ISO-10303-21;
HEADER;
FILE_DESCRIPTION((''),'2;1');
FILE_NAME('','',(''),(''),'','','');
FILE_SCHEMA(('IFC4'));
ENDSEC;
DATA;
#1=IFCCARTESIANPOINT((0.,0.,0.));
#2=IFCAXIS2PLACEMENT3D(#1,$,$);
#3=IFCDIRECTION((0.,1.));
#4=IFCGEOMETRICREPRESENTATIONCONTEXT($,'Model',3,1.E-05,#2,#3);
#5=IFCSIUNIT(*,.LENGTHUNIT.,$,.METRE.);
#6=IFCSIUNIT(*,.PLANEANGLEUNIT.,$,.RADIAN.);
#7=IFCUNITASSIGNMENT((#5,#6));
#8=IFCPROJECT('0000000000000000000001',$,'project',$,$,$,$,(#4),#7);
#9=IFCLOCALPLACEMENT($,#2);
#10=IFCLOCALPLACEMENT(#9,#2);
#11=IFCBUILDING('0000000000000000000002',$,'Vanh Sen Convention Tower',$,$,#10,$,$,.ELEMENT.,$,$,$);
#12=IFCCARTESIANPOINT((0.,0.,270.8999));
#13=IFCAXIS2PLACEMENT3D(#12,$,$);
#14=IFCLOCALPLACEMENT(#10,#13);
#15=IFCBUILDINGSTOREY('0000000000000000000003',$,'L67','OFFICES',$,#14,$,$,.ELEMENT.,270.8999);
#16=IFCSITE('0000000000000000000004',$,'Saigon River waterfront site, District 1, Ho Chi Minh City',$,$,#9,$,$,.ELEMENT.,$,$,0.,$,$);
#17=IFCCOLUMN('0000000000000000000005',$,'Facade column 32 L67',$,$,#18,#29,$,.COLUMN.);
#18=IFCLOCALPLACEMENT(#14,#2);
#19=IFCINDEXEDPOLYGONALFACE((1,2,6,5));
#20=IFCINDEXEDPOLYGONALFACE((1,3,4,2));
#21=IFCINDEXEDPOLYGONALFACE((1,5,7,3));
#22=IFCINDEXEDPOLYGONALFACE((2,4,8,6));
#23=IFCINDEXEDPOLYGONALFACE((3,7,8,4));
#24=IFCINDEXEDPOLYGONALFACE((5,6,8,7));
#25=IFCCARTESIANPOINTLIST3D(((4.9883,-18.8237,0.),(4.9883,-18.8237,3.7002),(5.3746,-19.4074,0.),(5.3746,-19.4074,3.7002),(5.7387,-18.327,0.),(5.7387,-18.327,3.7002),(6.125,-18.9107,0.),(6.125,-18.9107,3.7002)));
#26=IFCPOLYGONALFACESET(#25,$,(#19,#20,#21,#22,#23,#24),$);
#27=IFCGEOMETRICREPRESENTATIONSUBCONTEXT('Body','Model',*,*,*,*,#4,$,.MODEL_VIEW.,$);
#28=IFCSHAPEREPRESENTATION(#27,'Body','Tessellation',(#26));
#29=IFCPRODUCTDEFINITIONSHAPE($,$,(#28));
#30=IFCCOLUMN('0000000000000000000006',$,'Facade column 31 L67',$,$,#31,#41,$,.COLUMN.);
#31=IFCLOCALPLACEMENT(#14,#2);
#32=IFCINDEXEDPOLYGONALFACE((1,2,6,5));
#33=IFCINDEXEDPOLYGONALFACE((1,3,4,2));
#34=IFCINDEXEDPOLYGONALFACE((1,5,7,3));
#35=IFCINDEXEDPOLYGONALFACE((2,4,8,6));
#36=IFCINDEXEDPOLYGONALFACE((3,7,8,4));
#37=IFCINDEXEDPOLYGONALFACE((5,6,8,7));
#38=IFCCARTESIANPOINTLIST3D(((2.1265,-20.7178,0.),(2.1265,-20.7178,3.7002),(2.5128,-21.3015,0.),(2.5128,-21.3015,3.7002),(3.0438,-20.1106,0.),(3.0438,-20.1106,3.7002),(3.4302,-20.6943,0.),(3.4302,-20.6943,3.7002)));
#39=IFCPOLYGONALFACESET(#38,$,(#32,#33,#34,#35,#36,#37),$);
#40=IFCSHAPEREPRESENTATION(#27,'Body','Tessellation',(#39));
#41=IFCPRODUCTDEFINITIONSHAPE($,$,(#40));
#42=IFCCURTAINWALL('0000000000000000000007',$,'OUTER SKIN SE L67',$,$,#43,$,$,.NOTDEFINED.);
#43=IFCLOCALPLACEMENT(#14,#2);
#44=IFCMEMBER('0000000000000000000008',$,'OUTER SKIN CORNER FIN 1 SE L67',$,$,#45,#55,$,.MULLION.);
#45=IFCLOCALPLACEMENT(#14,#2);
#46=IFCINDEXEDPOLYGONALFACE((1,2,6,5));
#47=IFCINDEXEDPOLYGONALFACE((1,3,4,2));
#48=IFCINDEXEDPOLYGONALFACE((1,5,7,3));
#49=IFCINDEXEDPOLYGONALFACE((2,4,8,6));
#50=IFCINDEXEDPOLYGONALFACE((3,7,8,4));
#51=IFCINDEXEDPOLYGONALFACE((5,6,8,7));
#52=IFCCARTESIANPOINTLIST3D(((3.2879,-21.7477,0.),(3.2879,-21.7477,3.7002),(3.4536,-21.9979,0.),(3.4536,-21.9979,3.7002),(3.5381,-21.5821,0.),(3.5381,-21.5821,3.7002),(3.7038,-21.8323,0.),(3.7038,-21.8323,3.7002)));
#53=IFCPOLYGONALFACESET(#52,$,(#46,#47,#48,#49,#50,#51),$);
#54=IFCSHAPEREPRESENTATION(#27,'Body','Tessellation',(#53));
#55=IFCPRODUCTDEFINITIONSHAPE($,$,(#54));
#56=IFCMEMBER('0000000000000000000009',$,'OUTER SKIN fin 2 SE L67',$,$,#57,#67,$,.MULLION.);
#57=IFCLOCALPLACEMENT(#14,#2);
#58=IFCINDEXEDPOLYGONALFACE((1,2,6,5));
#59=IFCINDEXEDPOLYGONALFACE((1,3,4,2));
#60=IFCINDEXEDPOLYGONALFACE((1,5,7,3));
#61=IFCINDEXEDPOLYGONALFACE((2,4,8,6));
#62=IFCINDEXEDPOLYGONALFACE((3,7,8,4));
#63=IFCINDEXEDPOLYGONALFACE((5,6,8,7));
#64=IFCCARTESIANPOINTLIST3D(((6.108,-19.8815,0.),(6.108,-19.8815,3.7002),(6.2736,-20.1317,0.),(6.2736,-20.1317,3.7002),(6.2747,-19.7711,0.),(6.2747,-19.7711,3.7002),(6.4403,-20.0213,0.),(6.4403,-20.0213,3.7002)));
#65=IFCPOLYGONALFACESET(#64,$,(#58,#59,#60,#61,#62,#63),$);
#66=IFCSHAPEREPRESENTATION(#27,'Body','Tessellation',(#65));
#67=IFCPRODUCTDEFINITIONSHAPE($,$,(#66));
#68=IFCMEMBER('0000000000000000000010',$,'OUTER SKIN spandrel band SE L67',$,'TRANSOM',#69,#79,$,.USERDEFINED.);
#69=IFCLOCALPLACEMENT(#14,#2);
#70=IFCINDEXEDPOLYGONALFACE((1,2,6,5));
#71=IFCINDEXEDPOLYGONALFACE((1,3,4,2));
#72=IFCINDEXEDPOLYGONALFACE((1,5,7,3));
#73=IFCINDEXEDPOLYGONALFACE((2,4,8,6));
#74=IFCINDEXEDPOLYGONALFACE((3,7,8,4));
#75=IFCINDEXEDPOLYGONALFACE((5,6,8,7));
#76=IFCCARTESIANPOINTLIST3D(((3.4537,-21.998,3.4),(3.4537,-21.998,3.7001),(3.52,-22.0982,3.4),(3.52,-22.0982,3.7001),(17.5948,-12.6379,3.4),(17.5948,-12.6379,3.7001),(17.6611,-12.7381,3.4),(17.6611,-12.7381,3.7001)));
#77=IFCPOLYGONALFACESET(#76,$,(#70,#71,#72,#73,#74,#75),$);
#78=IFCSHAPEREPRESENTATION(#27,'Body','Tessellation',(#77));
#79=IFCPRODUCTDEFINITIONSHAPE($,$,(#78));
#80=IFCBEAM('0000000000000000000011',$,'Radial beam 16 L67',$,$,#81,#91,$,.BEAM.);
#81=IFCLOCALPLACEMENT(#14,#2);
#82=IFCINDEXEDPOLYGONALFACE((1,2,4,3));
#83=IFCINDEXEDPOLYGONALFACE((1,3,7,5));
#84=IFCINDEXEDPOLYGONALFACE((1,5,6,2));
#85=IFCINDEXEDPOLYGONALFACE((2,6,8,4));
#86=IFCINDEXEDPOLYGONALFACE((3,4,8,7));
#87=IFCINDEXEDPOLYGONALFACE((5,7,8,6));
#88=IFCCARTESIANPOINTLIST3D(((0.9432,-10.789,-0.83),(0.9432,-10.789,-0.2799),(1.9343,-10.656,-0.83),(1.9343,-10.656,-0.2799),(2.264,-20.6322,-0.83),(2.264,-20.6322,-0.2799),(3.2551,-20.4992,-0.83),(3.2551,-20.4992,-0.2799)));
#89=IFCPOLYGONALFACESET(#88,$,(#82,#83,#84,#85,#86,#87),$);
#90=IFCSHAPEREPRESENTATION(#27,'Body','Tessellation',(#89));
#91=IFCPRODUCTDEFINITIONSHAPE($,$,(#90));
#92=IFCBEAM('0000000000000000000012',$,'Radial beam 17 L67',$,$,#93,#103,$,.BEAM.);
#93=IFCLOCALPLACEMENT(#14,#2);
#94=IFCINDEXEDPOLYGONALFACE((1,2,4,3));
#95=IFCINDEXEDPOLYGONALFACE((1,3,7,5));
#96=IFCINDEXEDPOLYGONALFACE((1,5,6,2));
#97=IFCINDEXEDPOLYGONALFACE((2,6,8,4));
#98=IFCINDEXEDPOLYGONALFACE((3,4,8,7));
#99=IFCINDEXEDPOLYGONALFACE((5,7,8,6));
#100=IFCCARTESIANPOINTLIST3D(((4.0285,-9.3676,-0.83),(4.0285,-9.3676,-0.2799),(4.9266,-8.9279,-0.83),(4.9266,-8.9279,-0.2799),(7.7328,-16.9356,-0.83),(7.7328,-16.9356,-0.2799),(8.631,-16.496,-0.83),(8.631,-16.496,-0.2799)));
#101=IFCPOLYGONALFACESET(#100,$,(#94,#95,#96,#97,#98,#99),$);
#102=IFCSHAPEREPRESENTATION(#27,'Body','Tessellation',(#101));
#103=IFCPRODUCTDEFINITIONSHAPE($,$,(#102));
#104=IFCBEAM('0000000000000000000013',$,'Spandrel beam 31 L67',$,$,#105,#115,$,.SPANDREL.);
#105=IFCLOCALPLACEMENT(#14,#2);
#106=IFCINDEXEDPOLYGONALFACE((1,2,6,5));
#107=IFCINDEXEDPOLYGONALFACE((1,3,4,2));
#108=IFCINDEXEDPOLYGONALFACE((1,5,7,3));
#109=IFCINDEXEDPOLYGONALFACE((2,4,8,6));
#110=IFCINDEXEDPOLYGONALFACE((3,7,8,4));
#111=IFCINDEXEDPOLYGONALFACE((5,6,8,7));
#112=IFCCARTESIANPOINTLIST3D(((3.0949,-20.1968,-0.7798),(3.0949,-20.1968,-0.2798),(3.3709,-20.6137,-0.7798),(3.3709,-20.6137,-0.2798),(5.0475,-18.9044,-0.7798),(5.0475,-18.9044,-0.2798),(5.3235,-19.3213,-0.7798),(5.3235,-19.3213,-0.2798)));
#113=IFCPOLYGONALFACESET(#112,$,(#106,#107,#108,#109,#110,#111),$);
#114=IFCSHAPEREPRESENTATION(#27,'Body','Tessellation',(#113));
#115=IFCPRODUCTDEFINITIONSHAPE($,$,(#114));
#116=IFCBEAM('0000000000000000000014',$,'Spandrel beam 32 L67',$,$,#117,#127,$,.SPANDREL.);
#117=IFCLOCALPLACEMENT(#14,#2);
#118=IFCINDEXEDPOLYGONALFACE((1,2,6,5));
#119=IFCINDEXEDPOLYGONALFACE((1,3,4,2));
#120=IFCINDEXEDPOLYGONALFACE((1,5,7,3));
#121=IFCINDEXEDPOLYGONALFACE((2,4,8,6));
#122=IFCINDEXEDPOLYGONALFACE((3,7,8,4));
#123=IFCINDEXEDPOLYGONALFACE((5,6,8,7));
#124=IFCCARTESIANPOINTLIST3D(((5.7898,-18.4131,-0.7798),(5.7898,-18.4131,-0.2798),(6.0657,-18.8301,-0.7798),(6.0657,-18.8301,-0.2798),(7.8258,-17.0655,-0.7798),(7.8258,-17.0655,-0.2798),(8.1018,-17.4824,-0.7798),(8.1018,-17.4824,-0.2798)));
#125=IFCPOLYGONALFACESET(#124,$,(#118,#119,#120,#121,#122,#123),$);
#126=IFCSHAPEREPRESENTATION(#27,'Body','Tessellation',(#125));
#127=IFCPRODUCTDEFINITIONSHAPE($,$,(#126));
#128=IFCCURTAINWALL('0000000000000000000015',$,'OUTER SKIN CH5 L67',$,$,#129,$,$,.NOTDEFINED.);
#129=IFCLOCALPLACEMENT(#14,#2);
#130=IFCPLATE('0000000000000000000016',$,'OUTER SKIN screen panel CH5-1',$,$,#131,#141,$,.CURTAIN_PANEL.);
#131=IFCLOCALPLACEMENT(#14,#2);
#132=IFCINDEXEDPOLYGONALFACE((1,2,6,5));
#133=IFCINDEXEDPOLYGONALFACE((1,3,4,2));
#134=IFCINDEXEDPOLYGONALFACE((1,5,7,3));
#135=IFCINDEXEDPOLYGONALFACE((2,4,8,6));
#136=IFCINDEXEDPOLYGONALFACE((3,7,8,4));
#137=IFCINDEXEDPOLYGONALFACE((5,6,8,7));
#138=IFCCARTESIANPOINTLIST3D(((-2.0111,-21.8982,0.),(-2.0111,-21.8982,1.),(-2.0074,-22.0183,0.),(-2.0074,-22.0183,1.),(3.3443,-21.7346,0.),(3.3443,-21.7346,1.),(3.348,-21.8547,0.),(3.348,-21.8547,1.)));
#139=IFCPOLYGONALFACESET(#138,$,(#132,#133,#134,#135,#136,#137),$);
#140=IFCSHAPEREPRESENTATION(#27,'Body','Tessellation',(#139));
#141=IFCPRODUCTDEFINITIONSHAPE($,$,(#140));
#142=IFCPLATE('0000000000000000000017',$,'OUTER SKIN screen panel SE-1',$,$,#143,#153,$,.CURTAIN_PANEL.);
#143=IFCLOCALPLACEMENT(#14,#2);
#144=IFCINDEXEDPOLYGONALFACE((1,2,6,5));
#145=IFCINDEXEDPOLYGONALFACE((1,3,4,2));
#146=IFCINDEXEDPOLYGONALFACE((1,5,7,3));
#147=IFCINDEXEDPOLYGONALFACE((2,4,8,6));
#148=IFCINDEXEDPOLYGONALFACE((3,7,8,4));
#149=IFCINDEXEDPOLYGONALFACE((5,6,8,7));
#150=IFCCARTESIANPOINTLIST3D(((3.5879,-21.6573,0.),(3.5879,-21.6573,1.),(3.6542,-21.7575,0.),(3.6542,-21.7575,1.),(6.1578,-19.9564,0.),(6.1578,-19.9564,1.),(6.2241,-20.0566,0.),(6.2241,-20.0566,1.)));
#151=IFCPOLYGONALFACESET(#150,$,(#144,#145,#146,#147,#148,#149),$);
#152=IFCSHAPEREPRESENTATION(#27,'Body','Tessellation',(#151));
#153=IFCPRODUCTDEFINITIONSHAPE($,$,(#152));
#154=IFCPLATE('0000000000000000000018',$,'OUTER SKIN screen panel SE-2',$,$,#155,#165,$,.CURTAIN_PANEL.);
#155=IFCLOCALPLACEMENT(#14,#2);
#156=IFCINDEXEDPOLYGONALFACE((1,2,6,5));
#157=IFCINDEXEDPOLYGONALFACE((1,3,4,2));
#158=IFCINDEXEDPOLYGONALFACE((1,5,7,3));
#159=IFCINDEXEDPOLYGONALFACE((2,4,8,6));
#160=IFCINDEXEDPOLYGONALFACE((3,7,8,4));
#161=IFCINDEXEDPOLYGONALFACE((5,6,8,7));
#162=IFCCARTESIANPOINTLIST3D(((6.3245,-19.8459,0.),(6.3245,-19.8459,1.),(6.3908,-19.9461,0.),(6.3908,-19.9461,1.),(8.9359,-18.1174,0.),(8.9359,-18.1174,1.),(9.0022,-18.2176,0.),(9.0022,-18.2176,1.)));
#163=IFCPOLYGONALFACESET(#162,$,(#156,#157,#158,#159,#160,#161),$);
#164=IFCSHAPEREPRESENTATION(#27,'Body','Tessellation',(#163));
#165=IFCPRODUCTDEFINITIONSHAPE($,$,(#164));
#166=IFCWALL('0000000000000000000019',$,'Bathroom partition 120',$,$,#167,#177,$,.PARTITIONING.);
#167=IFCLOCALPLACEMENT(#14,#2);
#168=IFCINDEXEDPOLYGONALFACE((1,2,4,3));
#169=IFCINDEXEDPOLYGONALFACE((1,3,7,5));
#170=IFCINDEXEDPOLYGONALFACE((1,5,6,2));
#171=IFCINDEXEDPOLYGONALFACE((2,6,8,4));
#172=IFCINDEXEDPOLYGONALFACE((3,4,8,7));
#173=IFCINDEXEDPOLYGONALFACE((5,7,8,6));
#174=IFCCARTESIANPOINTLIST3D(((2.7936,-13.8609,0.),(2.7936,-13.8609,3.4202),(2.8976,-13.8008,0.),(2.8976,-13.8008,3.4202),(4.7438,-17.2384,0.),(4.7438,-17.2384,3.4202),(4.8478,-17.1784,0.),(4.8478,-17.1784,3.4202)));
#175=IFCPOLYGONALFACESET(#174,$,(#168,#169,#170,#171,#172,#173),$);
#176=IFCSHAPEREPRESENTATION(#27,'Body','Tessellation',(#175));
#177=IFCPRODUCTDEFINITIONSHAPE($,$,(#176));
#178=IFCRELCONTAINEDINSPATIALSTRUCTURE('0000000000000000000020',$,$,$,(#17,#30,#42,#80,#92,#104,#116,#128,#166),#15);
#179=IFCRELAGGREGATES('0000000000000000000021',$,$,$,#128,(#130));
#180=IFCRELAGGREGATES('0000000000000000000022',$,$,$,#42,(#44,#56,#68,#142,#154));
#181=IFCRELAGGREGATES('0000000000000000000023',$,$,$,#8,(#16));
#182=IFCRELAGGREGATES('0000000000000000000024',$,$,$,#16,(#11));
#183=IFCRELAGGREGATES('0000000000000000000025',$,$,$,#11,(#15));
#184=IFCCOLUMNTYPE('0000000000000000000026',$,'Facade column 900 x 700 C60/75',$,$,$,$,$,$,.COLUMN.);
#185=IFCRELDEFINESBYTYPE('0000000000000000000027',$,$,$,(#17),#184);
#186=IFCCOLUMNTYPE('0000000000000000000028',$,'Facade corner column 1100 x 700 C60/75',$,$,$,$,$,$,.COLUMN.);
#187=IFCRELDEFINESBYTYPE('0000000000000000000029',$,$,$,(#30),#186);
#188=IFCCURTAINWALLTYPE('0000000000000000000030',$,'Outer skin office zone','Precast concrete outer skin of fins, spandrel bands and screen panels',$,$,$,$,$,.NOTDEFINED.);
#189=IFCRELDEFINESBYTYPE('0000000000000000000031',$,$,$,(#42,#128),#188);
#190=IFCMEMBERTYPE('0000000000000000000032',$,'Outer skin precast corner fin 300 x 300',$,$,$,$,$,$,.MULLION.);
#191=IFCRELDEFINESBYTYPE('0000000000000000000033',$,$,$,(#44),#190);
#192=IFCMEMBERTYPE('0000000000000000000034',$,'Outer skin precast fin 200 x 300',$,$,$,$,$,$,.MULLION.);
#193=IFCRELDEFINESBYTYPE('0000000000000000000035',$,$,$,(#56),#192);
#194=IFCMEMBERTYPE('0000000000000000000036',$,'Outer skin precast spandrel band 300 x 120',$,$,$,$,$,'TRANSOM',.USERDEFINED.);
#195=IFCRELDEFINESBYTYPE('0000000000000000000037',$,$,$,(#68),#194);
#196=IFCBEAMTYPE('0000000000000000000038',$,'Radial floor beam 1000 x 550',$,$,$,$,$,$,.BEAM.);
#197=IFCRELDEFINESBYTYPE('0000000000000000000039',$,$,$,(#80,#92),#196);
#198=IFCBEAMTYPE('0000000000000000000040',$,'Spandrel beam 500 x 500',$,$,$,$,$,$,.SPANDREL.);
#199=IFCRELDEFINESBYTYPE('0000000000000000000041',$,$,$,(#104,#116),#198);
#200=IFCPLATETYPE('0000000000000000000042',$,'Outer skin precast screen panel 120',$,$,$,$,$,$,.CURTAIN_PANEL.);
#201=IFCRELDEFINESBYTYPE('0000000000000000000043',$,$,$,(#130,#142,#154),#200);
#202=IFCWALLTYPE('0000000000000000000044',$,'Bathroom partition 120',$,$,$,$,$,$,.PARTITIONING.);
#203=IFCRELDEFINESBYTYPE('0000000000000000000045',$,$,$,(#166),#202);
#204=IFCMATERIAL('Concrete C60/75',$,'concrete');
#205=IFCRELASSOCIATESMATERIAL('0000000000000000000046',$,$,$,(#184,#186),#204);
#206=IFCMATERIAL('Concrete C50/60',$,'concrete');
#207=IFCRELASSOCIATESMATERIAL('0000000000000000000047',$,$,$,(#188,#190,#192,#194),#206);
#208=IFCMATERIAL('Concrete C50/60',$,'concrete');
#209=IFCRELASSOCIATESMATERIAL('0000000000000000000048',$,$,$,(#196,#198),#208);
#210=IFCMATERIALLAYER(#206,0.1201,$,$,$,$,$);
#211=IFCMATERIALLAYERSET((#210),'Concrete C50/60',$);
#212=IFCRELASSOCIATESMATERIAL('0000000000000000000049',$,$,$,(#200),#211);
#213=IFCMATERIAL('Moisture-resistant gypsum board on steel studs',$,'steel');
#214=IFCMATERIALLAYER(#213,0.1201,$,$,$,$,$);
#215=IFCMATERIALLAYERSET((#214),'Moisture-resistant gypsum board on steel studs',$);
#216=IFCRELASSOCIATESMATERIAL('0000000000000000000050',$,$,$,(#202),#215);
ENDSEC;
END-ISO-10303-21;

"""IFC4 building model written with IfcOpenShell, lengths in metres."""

from ifc_helpers import new_model, si_unit, direction, frame, frame_2d, origin, origin_2d, place, context, subcontext, project, spatial, rectangle, extrude, material, layer, layer_set, material_profile, profile_set, type_object, element, aggregate, save


model = new_model("IFC4")

# Units and contexts
model_context = context("Model", 3, precision=1e-05, world=origin(), true_north=direction((0.0, 1.0)))
body_context = subcontext(model_context, "Body", "Model", "MODEL_VIEW")
ifc_project = project(units=[si_unit("LENGTHUNIT", "METRE"), si_unit("PLANEANGLEUNIT", "RADIAN")], contexts=[model_context])

# Site, building, storey
site_placement = place(None, origin())
site = spatial("IfcSite", under=ifc_project, at=site_placement, Name="Saigon River waterfront site, District 1, Ho Chi Minh City", CompositionType="ELEMENT", RefElevation=0.0)
building_placement = place(site_placement, origin())
building = spatial("IfcBuilding", under=site, at=building_placement, Name="Vanh Sen Convention Tower", CompositionType="ELEMENT")
storey_placement = place(building_placement, frame((0.0, 0.0, 270.8999)))
storey = spatial("IfcBuildingStorey", under=building, at=storey_placement, Name="L67", Description="OFFICES", CompositionType="ELEMENT", Elevation=270.8999)

# Columns
ifc_material_1 = material(Name="Concrete C60/75", Category="concrete")
ifc_material_profile_1 = material_profile(ifc_material_1, rectangle(XDim=0.8999, YDim=0.7, at=origin_2d()), Name="RC 900X700")
ifc_profile_set_1 = profile_set([ifc_material_profile_1], Name="Concrete C60/75")
column_type_1 = type_object("IfcColumnType", Name="Facade column 900 x 700 C60/75", PredefinedType="COLUMN", material=ifc_profile_set_1)
column_1_placement = place(storey_placement, frame((5.5566, -18.8672, 0.0), z_axis=(0.0, 0.0, 1.0), x_axis=(0.833886, 0.551937, 0.0)))
element("IfcColumn", 1, at=column_1_placement, inside=storey, type_object=column_type_1, Name="Facade column 32 L67", PredefinedType="COLUMN", context=body_context, shape_type="SweptSolid", body=[
    extrude(rectangle(XDim=0.8999, YDim=0.7, at=origin_2d()), origin(), (0.0, 0.0, 1.0), 3.7002),
])
ifc_material_profile_2 = material_profile(ifc_material_1, rectangle(XDim=1.1001, YDim=0.7, at=origin_2d()), Name="RC 1100X700")
ifc_profile_set_2 = profile_set([ifc_material_profile_2], Name="Concrete C60/75")
column_type_2 = type_object("IfcColumnType", Name="Facade corner column 1100 x 700 C60/75", PredefinedType="COLUMN", material=ifc_profile_set_2)
column_2_placement = place(storey_placement, frame((2.7783, -20.7061, 0.0), z_axis=(0.0, 0.0, 1.0), x_axis=(0.833886, 0.551937, 0.0)))
element("IfcColumn", 2, at=column_2_placement, inside=storey, type_object=column_type_2, Name="Facade column 31 L67", PredefinedType="COLUMN", context=body_context, shape_type="SweptSolid", body=[
    extrude(rectangle(XDim=1.1001, YDim=0.7, at=origin_2d()), origin(), (0.0, 0.0, 1.0), 3.7002),
])

# Curtain wall, members
ifc_material_2 = material(Name="Concrete C50/60", Category="concrete")
curtain_wall_type = type_object("IfcCurtainWallType", Name="Outer skin office zone", Description="Precast concrete outer skin of fins, spandrel bands and screen panels", PredefinedType="NOTDEFINED", material=ifc_material_2)
curtain_wall_1_placement = place(storey_placement, origin())
curtain_wall_1 = element("IfcCurtainWall", 3, at=curtain_wall_1_placement, inside=storey, type_object=curtain_wall_type, Name="OUTER SKIN SE L67", PredefinedType="NOTDEFINED")
ifc_material_profile_3 = material_profile(ifc_material_2, rectangle(XDim=0.3, YDim=0.3, at=origin_2d()), Name="Outer skin precast corner fin 300 x 300")
ifc_profile_set_3 = profile_set([ifc_material_profile_3], Name="Concrete C50/60")
member_type_1 = type_object("IfcMemberType", Name="Outer skin precast corner fin 300 x 300", PredefinedType="MULLION", material=ifc_profile_set_3)
member_1_placement = place(storey_placement, frame((3.4958, -21.79, 0.0), z_axis=(0.0, 0.0, 1.0), x_axis=(0.833886, 0.551937, 0.0)))
member_1 = element("IfcMember", 4, at=member_1_placement, type_object=member_type_1, Name="OUTER SKIN CORNER FIN 1 SE L67", PredefinedType="MULLION", context=body_context, shape_type="SweptSolid", body=[
    extrude(rectangle(XDim=0.3, YDim=0.3, at=origin_2d()), origin(), (0.0, 0.0, 1.0), 3.7002),
])
ifc_material_profile_4 = material_profile(ifc_material_2, rectangle(XDim=0.2, YDim=0.3, at=origin_2d()), Name="Outer skin precast fin 200 x 300")
ifc_profile_set_4 = profile_set([ifc_material_profile_4], Name="Concrete C50/60")
member_type_2 = type_object("IfcMemberType", Name="Outer skin precast fin 200 x 300", PredefinedType="MULLION", material=ifc_profile_set_4)
member_2_placement = place(storey_placement, frame((6.2742, -19.9514, 0.0), z_axis=(0.0, 0.0, 1.0), x_axis=(0.833886, 0.551937, 0.0)))
member_2 = element("IfcMember", 5, at=member_2_placement, type_object=member_type_2, Name="OUTER SKIN fin 2 SE L67", PredefinedType="MULLION", context=body_context, shape_type="SweptSolid", body=[
    extrude(rectangle(XDim=0.2, YDim=0.3, at=origin_2d()), origin(), (0.0, 0.0, 1.0), 3.7002),
])
ifc_material_profile_5 = material_profile(ifc_material_2, rectangle(XDim=0.1201, YDim=0.3, at=origin_2d()), Name="Outer skin precast spandrel band 300 x 120")
ifc_profile_set_5 = profile_set([ifc_material_profile_5], Name="Concrete C50/60")
member_type_3 = type_object("IfcMemberType", Name="Outer skin precast spandrel band 300 x 120", ElementType="TRANSOM", PredefinedType="USERDEFINED", material=ifc_profile_set_5)
member_3_placement = place(storey_placement, frame((3.4868, -22.0481, 3.55), z_axis=(0.833877, 0.55195, 0.0), x_axis=(-0.55195, 0.833877, 0.0)))
member_3 = element("IfcMember", 6, at=member_3_placement, type_object=member_type_3, Name="OUTER SKIN spandrel band SE L67", ObjectType="TRANSOM", PredefinedType="USERDEFINED", context=body_context, shape_type="SweptSolid", body=[
    extrude(rectangle(XDim=0.1201, YDim=0.3, at=origin_2d()), origin(), (0.0, 0.0, 1.0), 16.9583),
])

# Beams
ifc_material_3 = material(Name="Concrete C50/60", Category="concrete")
ifc_material_profile_6 = material_profile(ifc_material_3, rectangle(XDim=1.0, YDim=0.55, at=origin_2d()), Name="RC 1000X550")
ifc_profile_set_6 = profile_set([ifc_material_profile_6], Name="Concrete C50/60")
beam_type_1 = type_object("IfcBeamType", Name="Radial floor beam 1000 x 550", PredefinedType="BEAM", material=ifc_profile_set_6)
beam_1_placement = place(storey_placement, frame((2.7595, -20.5657, -0.5549), z_axis=(-0.132991, 0.991117, 0.0), x_axis=(-0.991117, -0.132991, 0.0)))
element("IfcBeam", 7, at=beam_1_placement, inside=storey, type_object=beam_type_1, Name="Radial beam 16 L67", PredefinedType="BEAM", context=body_context, shape_type="SweptSolid", body=[
    extrude(rectangle(XDim=1.0, YDim=0.55, at=origin_2d()), origin(), (0.0, 0.0, 1.0), 9.9314),
])
beam_2_placement = place(storey_placement, frame((8.1819, -16.7158, -0.5549), z_axis=(-0.439629, 0.898179, 0.0), x_axis=(-0.898179, -0.439629, 0.0)))
element("IfcBeam", 8, at=beam_2_placement, inside=storey, type_object=beam_type_1, Name="Radial beam 17 L67", PredefinedType="BEAM", context=body_context, shape_type="SweptSolid", body=[
    extrude(rectangle(XDim=1.0, YDim=0.55, at=origin_2d()), origin(), (0.0, 0.0, 1.0), 8.426),
])
ifc_material_profile_7 = material_profile(ifc_material_3, rectangle(XDim=0.5, YDim=0.5, at=origin_2d()), Name="RC 500X500")
ifc_profile_set_7 = profile_set([ifc_material_profile_7], Name="Concrete C50/60")
beam_type_2 = type_object("IfcBeamType", Name="Spandrel beam 500 x 500", PredefinedType="SPANDREL", material=ifc_profile_set_7)
beam_3_placement = place(storey_placement, frame((3.2329, -20.4053, -0.5298), z_axis=(0.833874, 0.551954, 0.0), x_axis=(-0.551954, 0.833874, 0.0)))
element("IfcBeam", 9, at=beam_3_placement, inside=storey, type_object=beam_type_2, Name="Spandrel beam 31 L67", PredefinedType="SPANDREL", context=body_context, shape_type="SweptSolid", body=[
    extrude(rectangle(XDim=0.5, YDim=0.5, at=origin_2d()), origin(), (0.0, 0.0, 1.0), 2.3416),
])
beam_4_placement = place(storey_placement, frame((5.9277, -18.6216, -0.5298), z_axis=(0.833892, 0.551928, 0.0), x_axis=(-0.551928, 0.833892, 0.0)))
element("IfcBeam", 10, at=beam_4_placement, inside=storey, type_object=beam_type_2, Name="Spandrel beam 32 L67", PredefinedType="SPANDREL", context=body_context, shape_type="SweptSolid", body=[
    extrude(rectangle(XDim=0.5, YDim=0.5, at=origin_2d()), origin(), (0.0, 0.0, 1.0), 2.4417),
])

# Curtain wall, plate
curtain_wall_2_placement = place(storey_placement, origin())
curtain_wall_2 = element("IfcCurtainWall", 11, at=curtain_wall_2_placement, inside=storey, type_object=curtain_wall_type, Name="OUTER SKIN CH5 L67", PredefinedType="NOTDEFINED")
ifc_layer_1 = layer(ifc_material_2, 0.1201)
ifc_layer_set_1 = layer_set([ifc_layer_1], Name="Concrete C50/60")
plate_type = type_object("IfcPlateType", Name="Outer skin precast screen panel 120", PredefinedType="CURTAIN_PANEL", material=ifc_layer_set_1)
plate_1_placement = place(storey_placement, frame((0.6685, -21.8765, 0.0), z_axis=(0.0, 0.0, 1.0), x_axis=(0.999534, 0.030539, 0.0)))
plate_1 = element("IfcPlate", 12, at=plate_1_placement, type_object=plate_type, Name="OUTER SKIN screen panel CH5-1", PredefinedType="CURTAIN_PANEL", context=body_context, shape_type="SweptSolid", body=[
    extrude(rectangle(XDim=5.3579, YDim=0.1201, at=origin_2d()), origin(), (0.0, 0.0, 1.0), 1.0),
])
aggregate(curtain_wall_2, [plate_1])

# Plates
plate_2_placement = place(storey_placement, frame((4.906, -20.8569, 0.0), z_axis=(0.0, 0.0, 1.0), x_axis=(0.833902, 0.551912, 0.0)))
plate_2 = element("IfcPlate", 13, at=plate_2_placement, type_object=plate_type, Name="OUTER SKIN screen panel SE-1", PredefinedType="CURTAIN_PANEL", context=body_context, shape_type="SweptSolid", body=[
    extrude(rectangle(XDim=3.0818, YDim=0.1201, at=origin_2d()), origin(), (0.0, 0.0, 1.0), 1.0),
])
plate_3_placement = place(storey_placement, frame((7.6633, -19.0317, 0.0), z_axis=(0.0, 0.0, 1.0), x_axis=(0.833879, 0.551947, 0.0)))
plate_3 = element("IfcPlate", 14, at=plate_3_placement, type_object=plate_type, Name="OUTER SKIN screen panel SE-2", PredefinedType="CURTAIN_PANEL", context=body_context, shape_type="SweptSolid", body=[
    extrude(rectangle(XDim=3.1316, YDim=0.1201, at=origin_2d()), origin(), (0.0, 0.0, 1.0), 1.0),
])
aggregate(curtain_wall_1, [member_1, member_2, member_3, plate_2, plate_3])

# Wall
ifc_material_4 = material(Name="Moisture-resistant gypsum board on steel studs", Category="steel")
ifc_layer_2 = layer(ifc_material_4, 0.1201)
ifc_layer_set_2 = layer_set([ifc_layer_2], Name="Moisture-resistant gypsum board on steel studs")
wall_type_1 = type_object("IfcWallType", Name="Bathroom partition 120", PredefinedType="PARTITIONING", material=ifc_layer_set_2)
wall_1_placement = place(storey_placement, frame((4.7959, -17.2085, 0.0), z_axis=(0.0, 0.0, 1.0), x_axis=(-0.500044, 0.866, 0.0)))
element("IfcWall", 15, at=wall_1_placement, inside=storey, type_object=wall_type_1, Name="Bathroom partition 120", PredefinedType="PARTITIONING", context=body_context, shape_type="SweptSolid", body=[
    extrude(rectangle(XDim=3.9001, YDim=0.1201, at=frame_2d((1.9502, 0.0))), origin(), (0.0, 0.0, 1.0), 3.4202),
])

save(model, "model.ifc")
